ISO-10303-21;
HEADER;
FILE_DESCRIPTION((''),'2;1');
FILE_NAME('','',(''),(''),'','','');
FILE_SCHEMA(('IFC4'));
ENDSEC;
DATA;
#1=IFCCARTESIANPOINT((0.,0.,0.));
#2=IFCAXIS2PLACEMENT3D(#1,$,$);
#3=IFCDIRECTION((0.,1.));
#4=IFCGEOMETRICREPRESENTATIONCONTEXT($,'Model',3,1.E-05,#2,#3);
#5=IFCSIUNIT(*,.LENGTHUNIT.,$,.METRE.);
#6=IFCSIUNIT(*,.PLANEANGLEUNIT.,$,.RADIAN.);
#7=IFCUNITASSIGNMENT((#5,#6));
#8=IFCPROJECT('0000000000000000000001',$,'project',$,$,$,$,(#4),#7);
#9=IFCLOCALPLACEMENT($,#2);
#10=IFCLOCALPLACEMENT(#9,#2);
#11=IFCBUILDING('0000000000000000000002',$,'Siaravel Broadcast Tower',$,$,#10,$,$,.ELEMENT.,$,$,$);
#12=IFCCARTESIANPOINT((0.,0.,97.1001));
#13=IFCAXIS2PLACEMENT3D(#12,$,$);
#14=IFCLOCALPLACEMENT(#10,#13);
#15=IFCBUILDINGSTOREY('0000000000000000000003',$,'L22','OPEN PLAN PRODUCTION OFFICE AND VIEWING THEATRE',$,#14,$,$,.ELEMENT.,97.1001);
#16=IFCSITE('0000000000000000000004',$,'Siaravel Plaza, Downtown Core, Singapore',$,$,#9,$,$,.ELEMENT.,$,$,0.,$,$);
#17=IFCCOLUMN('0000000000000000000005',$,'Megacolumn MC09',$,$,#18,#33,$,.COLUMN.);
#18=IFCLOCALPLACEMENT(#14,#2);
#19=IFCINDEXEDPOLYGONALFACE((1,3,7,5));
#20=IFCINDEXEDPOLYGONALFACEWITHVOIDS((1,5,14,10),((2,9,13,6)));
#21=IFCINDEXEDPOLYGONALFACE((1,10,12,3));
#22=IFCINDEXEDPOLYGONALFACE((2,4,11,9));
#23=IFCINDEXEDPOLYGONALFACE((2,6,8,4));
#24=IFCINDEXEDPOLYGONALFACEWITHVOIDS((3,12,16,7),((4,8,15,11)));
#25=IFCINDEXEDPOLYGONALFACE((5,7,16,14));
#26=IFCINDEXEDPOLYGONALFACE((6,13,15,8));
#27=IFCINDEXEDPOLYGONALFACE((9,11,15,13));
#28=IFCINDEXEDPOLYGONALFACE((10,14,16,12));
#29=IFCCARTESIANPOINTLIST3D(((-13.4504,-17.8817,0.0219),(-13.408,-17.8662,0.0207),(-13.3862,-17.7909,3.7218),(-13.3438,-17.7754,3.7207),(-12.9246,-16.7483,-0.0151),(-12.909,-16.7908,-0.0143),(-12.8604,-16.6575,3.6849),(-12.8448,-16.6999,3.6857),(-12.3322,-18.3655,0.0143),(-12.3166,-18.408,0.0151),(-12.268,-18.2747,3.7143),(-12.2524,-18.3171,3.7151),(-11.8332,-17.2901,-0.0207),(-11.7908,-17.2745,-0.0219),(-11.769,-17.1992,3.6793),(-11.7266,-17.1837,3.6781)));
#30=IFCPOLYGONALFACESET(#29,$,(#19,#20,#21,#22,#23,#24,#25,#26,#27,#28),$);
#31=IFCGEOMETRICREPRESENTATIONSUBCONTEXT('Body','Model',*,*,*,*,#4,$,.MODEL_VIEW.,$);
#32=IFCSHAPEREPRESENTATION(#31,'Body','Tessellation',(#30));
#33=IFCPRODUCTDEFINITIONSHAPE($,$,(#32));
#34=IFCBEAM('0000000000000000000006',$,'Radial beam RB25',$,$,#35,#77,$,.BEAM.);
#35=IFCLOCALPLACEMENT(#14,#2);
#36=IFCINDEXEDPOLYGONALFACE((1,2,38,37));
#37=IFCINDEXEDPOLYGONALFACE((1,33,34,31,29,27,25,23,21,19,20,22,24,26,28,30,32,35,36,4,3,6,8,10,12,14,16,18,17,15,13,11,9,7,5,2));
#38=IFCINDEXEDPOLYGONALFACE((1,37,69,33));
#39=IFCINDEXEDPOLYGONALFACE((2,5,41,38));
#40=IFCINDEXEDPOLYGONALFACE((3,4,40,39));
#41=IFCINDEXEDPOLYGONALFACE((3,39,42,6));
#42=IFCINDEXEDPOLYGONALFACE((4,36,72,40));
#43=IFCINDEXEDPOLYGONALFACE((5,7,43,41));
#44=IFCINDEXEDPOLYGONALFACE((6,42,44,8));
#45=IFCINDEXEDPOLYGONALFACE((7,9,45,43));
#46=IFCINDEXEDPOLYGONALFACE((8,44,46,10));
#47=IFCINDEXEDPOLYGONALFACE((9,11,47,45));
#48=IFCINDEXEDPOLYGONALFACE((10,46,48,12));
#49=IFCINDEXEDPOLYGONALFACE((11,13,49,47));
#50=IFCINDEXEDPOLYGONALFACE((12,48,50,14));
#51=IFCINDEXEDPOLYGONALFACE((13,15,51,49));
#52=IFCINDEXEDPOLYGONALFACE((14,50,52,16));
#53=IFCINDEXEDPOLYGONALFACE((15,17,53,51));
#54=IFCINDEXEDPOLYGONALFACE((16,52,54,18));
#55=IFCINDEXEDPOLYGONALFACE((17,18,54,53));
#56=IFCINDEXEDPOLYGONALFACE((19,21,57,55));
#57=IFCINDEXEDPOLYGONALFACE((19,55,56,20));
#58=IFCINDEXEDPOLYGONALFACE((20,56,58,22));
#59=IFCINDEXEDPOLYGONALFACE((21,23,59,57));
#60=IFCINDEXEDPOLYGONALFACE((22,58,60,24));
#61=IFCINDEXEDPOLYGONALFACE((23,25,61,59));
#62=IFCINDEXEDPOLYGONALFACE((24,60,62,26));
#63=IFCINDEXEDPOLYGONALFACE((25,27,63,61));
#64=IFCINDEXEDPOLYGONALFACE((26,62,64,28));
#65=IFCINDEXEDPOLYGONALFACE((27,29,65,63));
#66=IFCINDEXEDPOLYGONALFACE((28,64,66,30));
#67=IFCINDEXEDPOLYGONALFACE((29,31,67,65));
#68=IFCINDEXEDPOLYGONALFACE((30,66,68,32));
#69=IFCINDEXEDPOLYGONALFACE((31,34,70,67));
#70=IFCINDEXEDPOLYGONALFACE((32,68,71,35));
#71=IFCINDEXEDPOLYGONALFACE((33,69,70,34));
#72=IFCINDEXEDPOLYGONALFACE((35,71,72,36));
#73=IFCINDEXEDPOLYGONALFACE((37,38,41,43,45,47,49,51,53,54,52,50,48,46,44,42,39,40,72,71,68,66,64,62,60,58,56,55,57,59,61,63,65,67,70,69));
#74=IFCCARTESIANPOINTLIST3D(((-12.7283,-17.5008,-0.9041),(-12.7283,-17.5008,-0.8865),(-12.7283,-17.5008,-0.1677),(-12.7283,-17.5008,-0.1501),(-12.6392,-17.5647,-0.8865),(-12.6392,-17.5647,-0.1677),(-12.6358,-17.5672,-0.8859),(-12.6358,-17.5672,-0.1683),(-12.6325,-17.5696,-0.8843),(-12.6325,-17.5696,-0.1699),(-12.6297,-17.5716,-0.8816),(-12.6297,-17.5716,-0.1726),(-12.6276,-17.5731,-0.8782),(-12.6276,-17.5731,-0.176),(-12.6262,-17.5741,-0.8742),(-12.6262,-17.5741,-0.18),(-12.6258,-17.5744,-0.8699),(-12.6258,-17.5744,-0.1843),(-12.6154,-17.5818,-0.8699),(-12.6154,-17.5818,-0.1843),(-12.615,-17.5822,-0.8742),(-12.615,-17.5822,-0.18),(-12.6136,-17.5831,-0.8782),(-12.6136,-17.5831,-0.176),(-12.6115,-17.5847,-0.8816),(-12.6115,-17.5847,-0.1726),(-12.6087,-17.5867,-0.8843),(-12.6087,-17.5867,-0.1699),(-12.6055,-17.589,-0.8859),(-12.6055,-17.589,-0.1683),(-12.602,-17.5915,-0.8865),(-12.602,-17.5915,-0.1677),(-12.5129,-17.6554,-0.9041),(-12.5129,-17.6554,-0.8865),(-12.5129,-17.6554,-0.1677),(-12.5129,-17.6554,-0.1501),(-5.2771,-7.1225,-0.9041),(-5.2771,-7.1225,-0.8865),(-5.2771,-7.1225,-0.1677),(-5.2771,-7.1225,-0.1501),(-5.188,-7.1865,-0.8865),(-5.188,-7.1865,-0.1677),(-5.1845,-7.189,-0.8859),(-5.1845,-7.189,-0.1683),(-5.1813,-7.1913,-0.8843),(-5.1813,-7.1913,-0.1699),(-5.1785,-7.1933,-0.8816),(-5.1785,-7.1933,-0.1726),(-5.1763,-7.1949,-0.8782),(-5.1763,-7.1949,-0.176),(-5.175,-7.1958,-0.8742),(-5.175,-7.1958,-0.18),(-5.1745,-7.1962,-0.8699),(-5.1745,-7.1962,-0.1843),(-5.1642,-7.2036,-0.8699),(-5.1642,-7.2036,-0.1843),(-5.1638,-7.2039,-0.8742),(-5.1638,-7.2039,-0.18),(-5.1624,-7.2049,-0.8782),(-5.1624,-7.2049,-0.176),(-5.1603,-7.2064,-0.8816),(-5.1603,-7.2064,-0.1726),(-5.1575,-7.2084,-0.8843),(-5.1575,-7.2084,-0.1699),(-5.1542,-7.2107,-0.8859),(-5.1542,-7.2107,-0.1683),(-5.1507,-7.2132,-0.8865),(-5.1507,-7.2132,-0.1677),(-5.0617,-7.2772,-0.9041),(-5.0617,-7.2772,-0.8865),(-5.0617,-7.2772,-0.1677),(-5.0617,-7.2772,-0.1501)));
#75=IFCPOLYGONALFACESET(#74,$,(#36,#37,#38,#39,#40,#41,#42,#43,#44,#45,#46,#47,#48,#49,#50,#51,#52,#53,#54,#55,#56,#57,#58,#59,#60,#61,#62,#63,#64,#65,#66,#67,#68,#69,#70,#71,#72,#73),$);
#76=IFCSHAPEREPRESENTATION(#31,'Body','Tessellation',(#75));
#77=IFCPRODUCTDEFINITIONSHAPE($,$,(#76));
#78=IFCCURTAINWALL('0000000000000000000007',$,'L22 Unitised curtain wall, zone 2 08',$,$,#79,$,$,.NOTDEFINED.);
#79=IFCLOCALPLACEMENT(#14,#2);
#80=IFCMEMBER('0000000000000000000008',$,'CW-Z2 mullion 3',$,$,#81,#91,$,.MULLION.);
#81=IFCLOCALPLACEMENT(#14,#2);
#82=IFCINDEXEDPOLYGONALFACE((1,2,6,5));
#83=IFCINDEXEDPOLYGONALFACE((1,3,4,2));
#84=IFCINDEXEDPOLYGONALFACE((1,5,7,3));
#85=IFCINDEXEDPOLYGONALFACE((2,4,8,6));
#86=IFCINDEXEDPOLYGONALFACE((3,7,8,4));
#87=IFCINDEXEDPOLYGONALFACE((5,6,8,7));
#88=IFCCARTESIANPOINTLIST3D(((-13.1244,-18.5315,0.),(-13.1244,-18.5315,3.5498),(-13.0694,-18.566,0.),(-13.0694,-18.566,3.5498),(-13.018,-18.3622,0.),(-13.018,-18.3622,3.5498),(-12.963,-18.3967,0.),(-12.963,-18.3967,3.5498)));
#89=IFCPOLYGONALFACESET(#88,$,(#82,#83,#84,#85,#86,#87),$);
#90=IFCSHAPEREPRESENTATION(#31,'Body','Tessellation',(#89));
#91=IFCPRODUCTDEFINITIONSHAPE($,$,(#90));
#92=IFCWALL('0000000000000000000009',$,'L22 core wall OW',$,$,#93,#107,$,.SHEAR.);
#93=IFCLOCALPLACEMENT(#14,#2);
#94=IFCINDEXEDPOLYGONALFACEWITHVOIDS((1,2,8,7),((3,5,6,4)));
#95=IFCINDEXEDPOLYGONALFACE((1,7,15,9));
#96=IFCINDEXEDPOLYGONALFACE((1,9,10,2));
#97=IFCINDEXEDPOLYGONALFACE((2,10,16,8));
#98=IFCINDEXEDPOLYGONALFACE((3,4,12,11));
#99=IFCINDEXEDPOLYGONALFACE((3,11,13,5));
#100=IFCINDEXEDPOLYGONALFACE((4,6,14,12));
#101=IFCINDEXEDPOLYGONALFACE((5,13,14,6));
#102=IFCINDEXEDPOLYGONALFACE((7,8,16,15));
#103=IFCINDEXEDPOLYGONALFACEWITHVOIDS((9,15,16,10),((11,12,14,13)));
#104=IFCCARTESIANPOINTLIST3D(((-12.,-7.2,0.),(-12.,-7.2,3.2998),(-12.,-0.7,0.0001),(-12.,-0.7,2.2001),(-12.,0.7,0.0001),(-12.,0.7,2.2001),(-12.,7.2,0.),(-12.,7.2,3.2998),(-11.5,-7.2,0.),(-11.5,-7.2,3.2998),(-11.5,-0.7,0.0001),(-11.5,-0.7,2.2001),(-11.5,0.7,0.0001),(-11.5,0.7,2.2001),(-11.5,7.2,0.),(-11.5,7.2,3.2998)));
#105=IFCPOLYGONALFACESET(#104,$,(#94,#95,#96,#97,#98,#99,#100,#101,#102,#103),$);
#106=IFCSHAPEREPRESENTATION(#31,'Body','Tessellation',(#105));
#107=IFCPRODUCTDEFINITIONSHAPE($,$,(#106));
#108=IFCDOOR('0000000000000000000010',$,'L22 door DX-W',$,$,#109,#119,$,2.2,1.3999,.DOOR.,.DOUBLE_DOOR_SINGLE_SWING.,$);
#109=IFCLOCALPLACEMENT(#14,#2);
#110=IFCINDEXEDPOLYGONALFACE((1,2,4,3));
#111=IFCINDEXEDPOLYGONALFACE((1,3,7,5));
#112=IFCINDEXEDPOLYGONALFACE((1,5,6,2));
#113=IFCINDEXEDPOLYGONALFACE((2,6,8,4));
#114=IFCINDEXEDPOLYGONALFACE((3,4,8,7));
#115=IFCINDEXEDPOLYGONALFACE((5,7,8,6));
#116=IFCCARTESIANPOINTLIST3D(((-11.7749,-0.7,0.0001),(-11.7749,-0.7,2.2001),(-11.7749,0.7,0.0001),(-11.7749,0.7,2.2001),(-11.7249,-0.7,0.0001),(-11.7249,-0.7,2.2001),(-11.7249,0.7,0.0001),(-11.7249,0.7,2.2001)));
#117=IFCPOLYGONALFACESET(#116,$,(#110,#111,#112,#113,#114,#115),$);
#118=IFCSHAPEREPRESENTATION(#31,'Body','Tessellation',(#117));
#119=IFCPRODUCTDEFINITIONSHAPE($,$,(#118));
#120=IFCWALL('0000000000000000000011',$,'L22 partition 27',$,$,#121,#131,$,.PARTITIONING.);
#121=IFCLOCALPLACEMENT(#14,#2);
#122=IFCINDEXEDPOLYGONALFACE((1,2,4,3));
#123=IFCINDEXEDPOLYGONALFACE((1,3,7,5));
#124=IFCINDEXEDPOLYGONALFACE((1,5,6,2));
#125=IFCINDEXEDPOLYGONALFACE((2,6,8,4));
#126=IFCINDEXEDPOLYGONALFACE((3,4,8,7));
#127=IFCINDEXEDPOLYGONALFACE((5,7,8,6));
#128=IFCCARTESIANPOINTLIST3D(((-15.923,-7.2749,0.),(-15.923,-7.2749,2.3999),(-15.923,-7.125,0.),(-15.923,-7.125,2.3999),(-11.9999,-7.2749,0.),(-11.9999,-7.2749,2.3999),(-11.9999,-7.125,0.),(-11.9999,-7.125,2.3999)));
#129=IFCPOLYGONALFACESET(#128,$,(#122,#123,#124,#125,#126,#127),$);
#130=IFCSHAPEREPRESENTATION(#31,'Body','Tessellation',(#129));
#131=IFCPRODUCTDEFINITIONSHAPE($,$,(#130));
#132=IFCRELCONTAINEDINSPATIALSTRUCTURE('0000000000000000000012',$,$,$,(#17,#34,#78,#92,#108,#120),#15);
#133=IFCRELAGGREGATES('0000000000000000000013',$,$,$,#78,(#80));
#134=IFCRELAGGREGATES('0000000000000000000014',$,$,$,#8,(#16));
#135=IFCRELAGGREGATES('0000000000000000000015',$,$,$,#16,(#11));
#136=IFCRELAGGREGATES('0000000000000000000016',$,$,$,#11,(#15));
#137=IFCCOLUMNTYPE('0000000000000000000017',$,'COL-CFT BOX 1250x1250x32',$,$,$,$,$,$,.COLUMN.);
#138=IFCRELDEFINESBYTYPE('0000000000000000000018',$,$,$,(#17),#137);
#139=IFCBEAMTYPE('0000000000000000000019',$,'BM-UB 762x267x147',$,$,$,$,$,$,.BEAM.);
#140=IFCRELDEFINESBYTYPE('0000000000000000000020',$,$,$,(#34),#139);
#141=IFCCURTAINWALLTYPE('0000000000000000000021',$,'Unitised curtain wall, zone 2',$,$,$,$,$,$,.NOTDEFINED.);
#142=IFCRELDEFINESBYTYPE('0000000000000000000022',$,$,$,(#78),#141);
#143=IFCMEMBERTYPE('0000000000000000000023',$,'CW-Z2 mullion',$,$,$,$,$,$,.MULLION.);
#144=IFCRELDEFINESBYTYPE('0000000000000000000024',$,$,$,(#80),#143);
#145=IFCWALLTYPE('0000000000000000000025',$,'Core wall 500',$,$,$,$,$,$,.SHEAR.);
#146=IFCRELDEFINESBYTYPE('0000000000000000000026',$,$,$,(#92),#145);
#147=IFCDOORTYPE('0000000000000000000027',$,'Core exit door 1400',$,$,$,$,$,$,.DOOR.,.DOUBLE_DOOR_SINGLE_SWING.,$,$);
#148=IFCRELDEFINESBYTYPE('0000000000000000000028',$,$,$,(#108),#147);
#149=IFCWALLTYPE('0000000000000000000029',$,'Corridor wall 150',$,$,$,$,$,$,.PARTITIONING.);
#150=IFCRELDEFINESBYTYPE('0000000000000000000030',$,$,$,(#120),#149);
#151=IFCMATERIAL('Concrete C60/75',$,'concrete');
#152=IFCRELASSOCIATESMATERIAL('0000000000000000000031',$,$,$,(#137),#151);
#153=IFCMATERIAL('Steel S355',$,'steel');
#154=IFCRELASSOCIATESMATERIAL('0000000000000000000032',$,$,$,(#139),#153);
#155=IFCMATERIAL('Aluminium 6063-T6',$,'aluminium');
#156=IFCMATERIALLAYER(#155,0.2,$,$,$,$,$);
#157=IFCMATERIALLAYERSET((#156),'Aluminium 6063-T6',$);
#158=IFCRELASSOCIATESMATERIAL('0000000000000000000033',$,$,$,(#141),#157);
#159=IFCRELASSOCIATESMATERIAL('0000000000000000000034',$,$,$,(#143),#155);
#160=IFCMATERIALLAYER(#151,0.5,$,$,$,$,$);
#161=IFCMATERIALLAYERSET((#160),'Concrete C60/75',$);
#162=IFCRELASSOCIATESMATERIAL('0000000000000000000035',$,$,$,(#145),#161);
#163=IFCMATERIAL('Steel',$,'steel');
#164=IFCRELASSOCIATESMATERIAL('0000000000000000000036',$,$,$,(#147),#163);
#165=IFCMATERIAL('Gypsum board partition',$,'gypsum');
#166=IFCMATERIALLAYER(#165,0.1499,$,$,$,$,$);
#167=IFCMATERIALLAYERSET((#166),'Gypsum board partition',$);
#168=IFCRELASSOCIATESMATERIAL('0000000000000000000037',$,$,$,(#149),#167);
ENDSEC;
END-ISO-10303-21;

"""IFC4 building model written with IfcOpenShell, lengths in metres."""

from ifc_helpers import new_model, si_unit, direction, frame, frame_2d, origin, origin_2d, place, context, subcontext, project, spatial, rectangle, hollow_rectangle, i_section, extrude, material, layer, layer_set, material_profile, profile_set, type_object, element, fill, aggregate, save


model = new_model("IFC4")

# Units and contexts
model_context = context("Model", 3, precision=1e-05, world=origin(), true_north=direction((0.0, 1.0)))
body_context = subcontext(model_context, "Body", "Model", "MODEL_VIEW")
ifc_project = project(units=[si_unit("LENGTHUNIT", "METRE"), si_unit("PLANEANGLEUNIT", "RADIAN")], contexts=[model_context])

# Site, building, storey
site_placement = place(None, origin())
site = spatial("IfcSite", under=ifc_project, at=site_placement, Name="Siaravel Plaza, Downtown Core, Singapore", CompositionType="ELEMENT", RefElevation=0.0)
building_placement = place(site_placement, origin())
building = spatial("IfcBuilding", under=site, at=building_placement, Name="Siaravel Broadcast Tower", CompositionType="ELEMENT")
storey_placement = place(building_placement, frame((0.0, 0.0, 97.1001)))
storey = spatial("IfcBuildingStorey", under=building, at=storey_placement, Name="L22", Description="OPEN PLAN PRODUCTION OFFICE AND VIEWING THEATRE", CompositionType="ELEMENT", Elevation=97.1001)

# Column
ifc_material_1 = material(Name="Concrete C60/75", Category="concrete")
ifc_material_profile_1 = material_profile(ifc_material_1, hollow_rectangle(XDim=1.25, YDim=1.25, WallThickness=0.032, at=origin_2d()))
ifc_profile_set_1 = profile_set([ifc_material_profile_1], Name="Concrete C60/75")
column_type = type_object("IfcColumnType", Name="COL-CFT BOX 1250x1250x32", PredefinedType="COLUMN", material=ifc_profile_set_1)
column_placement = place(storey_placement, frame((-12.6206, -17.5781, 0.0), z_axis=(0.017346, 0.024535, 0.999548), x_axis=(-0.907049, 0.42099, 0.005407)))
element("IfcColumn", 1, at=column_placement, inside=storey, type_object=column_type, Name="Megacolumn MC09", PredefinedType="COLUMN", context=body_context, shape_type="SweptSolid", body=[
    extrude(hollow_rectangle(XDim=1.25, YDim=1.25, WallThickness=0.032, at=origin_2d()), origin(), (0.0, 0.0, 1.0), 3.7017),
])

# Beam
ifc_material_2 = material(Name="Steel S355", Category="steel")
ifc_material_profile_2 = material_profile(ifc_material_2, i_section(OverallWidth=0.2651, OverallDepth=0.7539, WebThickness=0.0127, FlangeThickness=0.0176, FilletRadius=0.0166, at=origin_2d()))
ifc_profile_set_2 = profile_set([ifc_material_profile_2], Name="Steel S355")
beam_type = type_object("IfcBeamType", Name="BM-UB 762x267x147", PredefinedType="BEAM", material=ifc_profile_set_2)
beam_placement = place(storey_placement, frame((-12.6206, -17.5781, -0.5271), z_axis=(0.583216, 0.812317, 0.0), x_axis=(-0.812317, 0.583216, 0.0)))
element("IfcBeam", 2, at=beam_placement, inside=storey, type_object=beam_type, Name="Radial beam RB25", PredefinedType="BEAM", context=body_context, shape_type="SweptSolid", body=[
    extrude(i_section(OverallWidth=0.2651, OverallDepth=0.7539, WebThickness=0.0127, FlangeThickness=0.0176, FilletRadius=0.0166, at=origin_2d()), origin(), (0.0, 0.0, 1.0), 12.7761),
])

# Curtain wall, member
ifc_material_3 = material(Name="Aluminium 6063-T6", Category="aluminium")
ifc_layer_1 = layer(ifc_material_3, 0.2)
ifc_layer_set_1 = layer_set([ifc_layer_1], Name="Aluminium 6063-T6")
curtain_wall_type = type_object("IfcCurtainWallType", Name="Unitised curtain wall, zone 2", PredefinedType="NOTDEFINED", material=ifc_layer_set_1)
curtain_wall_placement = place(storey_placement, origin())
curtain_wall = element("IfcCurtainWall", 3, at=curtain_wall_placement, inside=storey, type_object=curtain_wall_type, Name="L22 Unitised curtain wall, zone 2 08", PredefinedType="NOTDEFINED")
ifc_material_profile_3 = material_profile(ifc_material_3, rectangle(XDim=0.2, YDim=0.0649, at=origin_2d()))
ifc_profile_set_3 = profile_set([ifc_material_profile_3], Name="Aluminium 6063-T6")
member_type = type_object("IfcMemberType", Name="CW-Z2 mullion", PredefinedType="MULLION", material=ifc_profile_set_3)
member_placement = place(storey_placement, frame((-13.0437, -18.4641, 0.0), z_axis=(0.0, 0.0, 1.0), x_axis=(0.532149, 0.846651, 0.0)))
member = element("IfcMember", 4, at=member_placement, type_object=member_type, Name="CW-Z2 mullion 3", PredefinedType="MULLION", context=body_context, shape_type="SweptSolid", body=[
    extrude(rectangle(XDim=0.2, YDim=0.0649, at=origin_2d()), origin(), (0.0, 0.0, 1.0), 3.5498),
])
aggregate(curtain_wall, [member])

# Wall, opening, door
ifc_layer_2 = layer(ifc_material_1, 0.5)
ifc_layer_set_2 = layer_set([ifc_layer_2], Name="Concrete C60/75")
wall_type_1 = type_object("IfcWallType", Name="Core wall 500", PredefinedType="SHEAR", material=ifc_layer_set_2)
wall_1_placement = place(storey_placement, frame((-11.75, -7.2, 0.0), z_axis=(0.0, 0.0, 1.0), x_axis=(0.0, 1.0, 0.0)))
wall_1 = element("IfcWall", 5, at=wall_1_placement, inside=storey, type_object=wall_type_1, Name="L22 core wall OW", PredefinedType="SHEAR", context=body_context, shape_type="SweptSolid", body=[
    extrude(rectangle(XDim=14.3999, YDim=0.5, at=frame_2d((7.2, 0.0))), origin(), (0.0, 0.0, 1.0), 3.2998),
])
opening_1_placement = place(wall_1_placement, frame((6.5, 0.0, 0.0)))
opening_1 = element("IfcOpeningElement", 6, at=opening_1_placement, cuts=wall_1, PredefinedType="OPENING", context=body_context, shape_type="SweptSolid", body=[
    extrude(rectangle(XDim=1.3999, YDim=2.2, at=frame_2d((0.7, 1.1001))), frame((0.0, 0.26, 0.0), z_axis=(0.0, -1.0, 0.0), x_axis=(1.0, 0.0, 0.0)), (0.0, 0.0, 1.0), 0.52),
])
ifc_material_4 = material(Name="Steel", Category="steel")
door_type_1 = type_object("IfcDoorType", Name="Core exit door 1400", OperationType="DOUBLE_DOOR_SINGLE_SWING", PredefinedType="DOOR", material=ifc_material_4)
door_1_placement = place(opening_1_placement, origin())
door_1 = element("IfcDoor", 7, at=door_1_placement, inside=storey, type_object=door_type_1, Name="L22 door DX-W", OperationType="DOUBLE_DOOR_SINGLE_SWING", OverallHeight=2.2, OverallWidth=1.3999, PredefinedType="DOOR", context=body_context, shape_type="SweptSolid", body=[
    extrude(rectangle(XDim=1.3999, YDim=2.2, at=frame_2d((0.7, 1.1001))), frame((0.0, 0.0249, 0.0), z_axis=(0.0, -1.0, 0.0), x_axis=(1.0, 0.0, 0.0)), (0.0, 0.0, 1.0), 0.05),
])
fill(opening_1, door_1)

# Wall
ifc_material_5 = material(Name="Gypsum board partition", Category="gypsum")
ifc_layer_3 = layer(ifc_material_5, 0.1499)
ifc_layer_set_3 = layer_set([ifc_layer_3], Name="Gypsum board partition")
wall_type_2 = type_object("IfcWallType", Name="Corridor wall 150", PredefinedType="PARTITIONING", material=ifc_layer_set_3)
wall_2_placement = place(storey_placement, frame((-12.0, -7.2, 0.0), z_axis=(0.0, 0.0, 1.0), x_axis=(-1.0, 0.0, 0.0)))
element("IfcWall", 8, at=wall_2_placement, inside=storey, type_object=wall_type_2, Name="L22 partition 27", PredefinedType="PARTITIONING", context=body_context, shape_type="SweptSolid", body=[
    extrude(rectangle(XDim=3.9231, YDim=0.1499, at=frame_2d((1.9614, 0.0))), origin(), (0.0, 0.0, 1.0), 2.3999),
])

save(model, "model.ifc")
